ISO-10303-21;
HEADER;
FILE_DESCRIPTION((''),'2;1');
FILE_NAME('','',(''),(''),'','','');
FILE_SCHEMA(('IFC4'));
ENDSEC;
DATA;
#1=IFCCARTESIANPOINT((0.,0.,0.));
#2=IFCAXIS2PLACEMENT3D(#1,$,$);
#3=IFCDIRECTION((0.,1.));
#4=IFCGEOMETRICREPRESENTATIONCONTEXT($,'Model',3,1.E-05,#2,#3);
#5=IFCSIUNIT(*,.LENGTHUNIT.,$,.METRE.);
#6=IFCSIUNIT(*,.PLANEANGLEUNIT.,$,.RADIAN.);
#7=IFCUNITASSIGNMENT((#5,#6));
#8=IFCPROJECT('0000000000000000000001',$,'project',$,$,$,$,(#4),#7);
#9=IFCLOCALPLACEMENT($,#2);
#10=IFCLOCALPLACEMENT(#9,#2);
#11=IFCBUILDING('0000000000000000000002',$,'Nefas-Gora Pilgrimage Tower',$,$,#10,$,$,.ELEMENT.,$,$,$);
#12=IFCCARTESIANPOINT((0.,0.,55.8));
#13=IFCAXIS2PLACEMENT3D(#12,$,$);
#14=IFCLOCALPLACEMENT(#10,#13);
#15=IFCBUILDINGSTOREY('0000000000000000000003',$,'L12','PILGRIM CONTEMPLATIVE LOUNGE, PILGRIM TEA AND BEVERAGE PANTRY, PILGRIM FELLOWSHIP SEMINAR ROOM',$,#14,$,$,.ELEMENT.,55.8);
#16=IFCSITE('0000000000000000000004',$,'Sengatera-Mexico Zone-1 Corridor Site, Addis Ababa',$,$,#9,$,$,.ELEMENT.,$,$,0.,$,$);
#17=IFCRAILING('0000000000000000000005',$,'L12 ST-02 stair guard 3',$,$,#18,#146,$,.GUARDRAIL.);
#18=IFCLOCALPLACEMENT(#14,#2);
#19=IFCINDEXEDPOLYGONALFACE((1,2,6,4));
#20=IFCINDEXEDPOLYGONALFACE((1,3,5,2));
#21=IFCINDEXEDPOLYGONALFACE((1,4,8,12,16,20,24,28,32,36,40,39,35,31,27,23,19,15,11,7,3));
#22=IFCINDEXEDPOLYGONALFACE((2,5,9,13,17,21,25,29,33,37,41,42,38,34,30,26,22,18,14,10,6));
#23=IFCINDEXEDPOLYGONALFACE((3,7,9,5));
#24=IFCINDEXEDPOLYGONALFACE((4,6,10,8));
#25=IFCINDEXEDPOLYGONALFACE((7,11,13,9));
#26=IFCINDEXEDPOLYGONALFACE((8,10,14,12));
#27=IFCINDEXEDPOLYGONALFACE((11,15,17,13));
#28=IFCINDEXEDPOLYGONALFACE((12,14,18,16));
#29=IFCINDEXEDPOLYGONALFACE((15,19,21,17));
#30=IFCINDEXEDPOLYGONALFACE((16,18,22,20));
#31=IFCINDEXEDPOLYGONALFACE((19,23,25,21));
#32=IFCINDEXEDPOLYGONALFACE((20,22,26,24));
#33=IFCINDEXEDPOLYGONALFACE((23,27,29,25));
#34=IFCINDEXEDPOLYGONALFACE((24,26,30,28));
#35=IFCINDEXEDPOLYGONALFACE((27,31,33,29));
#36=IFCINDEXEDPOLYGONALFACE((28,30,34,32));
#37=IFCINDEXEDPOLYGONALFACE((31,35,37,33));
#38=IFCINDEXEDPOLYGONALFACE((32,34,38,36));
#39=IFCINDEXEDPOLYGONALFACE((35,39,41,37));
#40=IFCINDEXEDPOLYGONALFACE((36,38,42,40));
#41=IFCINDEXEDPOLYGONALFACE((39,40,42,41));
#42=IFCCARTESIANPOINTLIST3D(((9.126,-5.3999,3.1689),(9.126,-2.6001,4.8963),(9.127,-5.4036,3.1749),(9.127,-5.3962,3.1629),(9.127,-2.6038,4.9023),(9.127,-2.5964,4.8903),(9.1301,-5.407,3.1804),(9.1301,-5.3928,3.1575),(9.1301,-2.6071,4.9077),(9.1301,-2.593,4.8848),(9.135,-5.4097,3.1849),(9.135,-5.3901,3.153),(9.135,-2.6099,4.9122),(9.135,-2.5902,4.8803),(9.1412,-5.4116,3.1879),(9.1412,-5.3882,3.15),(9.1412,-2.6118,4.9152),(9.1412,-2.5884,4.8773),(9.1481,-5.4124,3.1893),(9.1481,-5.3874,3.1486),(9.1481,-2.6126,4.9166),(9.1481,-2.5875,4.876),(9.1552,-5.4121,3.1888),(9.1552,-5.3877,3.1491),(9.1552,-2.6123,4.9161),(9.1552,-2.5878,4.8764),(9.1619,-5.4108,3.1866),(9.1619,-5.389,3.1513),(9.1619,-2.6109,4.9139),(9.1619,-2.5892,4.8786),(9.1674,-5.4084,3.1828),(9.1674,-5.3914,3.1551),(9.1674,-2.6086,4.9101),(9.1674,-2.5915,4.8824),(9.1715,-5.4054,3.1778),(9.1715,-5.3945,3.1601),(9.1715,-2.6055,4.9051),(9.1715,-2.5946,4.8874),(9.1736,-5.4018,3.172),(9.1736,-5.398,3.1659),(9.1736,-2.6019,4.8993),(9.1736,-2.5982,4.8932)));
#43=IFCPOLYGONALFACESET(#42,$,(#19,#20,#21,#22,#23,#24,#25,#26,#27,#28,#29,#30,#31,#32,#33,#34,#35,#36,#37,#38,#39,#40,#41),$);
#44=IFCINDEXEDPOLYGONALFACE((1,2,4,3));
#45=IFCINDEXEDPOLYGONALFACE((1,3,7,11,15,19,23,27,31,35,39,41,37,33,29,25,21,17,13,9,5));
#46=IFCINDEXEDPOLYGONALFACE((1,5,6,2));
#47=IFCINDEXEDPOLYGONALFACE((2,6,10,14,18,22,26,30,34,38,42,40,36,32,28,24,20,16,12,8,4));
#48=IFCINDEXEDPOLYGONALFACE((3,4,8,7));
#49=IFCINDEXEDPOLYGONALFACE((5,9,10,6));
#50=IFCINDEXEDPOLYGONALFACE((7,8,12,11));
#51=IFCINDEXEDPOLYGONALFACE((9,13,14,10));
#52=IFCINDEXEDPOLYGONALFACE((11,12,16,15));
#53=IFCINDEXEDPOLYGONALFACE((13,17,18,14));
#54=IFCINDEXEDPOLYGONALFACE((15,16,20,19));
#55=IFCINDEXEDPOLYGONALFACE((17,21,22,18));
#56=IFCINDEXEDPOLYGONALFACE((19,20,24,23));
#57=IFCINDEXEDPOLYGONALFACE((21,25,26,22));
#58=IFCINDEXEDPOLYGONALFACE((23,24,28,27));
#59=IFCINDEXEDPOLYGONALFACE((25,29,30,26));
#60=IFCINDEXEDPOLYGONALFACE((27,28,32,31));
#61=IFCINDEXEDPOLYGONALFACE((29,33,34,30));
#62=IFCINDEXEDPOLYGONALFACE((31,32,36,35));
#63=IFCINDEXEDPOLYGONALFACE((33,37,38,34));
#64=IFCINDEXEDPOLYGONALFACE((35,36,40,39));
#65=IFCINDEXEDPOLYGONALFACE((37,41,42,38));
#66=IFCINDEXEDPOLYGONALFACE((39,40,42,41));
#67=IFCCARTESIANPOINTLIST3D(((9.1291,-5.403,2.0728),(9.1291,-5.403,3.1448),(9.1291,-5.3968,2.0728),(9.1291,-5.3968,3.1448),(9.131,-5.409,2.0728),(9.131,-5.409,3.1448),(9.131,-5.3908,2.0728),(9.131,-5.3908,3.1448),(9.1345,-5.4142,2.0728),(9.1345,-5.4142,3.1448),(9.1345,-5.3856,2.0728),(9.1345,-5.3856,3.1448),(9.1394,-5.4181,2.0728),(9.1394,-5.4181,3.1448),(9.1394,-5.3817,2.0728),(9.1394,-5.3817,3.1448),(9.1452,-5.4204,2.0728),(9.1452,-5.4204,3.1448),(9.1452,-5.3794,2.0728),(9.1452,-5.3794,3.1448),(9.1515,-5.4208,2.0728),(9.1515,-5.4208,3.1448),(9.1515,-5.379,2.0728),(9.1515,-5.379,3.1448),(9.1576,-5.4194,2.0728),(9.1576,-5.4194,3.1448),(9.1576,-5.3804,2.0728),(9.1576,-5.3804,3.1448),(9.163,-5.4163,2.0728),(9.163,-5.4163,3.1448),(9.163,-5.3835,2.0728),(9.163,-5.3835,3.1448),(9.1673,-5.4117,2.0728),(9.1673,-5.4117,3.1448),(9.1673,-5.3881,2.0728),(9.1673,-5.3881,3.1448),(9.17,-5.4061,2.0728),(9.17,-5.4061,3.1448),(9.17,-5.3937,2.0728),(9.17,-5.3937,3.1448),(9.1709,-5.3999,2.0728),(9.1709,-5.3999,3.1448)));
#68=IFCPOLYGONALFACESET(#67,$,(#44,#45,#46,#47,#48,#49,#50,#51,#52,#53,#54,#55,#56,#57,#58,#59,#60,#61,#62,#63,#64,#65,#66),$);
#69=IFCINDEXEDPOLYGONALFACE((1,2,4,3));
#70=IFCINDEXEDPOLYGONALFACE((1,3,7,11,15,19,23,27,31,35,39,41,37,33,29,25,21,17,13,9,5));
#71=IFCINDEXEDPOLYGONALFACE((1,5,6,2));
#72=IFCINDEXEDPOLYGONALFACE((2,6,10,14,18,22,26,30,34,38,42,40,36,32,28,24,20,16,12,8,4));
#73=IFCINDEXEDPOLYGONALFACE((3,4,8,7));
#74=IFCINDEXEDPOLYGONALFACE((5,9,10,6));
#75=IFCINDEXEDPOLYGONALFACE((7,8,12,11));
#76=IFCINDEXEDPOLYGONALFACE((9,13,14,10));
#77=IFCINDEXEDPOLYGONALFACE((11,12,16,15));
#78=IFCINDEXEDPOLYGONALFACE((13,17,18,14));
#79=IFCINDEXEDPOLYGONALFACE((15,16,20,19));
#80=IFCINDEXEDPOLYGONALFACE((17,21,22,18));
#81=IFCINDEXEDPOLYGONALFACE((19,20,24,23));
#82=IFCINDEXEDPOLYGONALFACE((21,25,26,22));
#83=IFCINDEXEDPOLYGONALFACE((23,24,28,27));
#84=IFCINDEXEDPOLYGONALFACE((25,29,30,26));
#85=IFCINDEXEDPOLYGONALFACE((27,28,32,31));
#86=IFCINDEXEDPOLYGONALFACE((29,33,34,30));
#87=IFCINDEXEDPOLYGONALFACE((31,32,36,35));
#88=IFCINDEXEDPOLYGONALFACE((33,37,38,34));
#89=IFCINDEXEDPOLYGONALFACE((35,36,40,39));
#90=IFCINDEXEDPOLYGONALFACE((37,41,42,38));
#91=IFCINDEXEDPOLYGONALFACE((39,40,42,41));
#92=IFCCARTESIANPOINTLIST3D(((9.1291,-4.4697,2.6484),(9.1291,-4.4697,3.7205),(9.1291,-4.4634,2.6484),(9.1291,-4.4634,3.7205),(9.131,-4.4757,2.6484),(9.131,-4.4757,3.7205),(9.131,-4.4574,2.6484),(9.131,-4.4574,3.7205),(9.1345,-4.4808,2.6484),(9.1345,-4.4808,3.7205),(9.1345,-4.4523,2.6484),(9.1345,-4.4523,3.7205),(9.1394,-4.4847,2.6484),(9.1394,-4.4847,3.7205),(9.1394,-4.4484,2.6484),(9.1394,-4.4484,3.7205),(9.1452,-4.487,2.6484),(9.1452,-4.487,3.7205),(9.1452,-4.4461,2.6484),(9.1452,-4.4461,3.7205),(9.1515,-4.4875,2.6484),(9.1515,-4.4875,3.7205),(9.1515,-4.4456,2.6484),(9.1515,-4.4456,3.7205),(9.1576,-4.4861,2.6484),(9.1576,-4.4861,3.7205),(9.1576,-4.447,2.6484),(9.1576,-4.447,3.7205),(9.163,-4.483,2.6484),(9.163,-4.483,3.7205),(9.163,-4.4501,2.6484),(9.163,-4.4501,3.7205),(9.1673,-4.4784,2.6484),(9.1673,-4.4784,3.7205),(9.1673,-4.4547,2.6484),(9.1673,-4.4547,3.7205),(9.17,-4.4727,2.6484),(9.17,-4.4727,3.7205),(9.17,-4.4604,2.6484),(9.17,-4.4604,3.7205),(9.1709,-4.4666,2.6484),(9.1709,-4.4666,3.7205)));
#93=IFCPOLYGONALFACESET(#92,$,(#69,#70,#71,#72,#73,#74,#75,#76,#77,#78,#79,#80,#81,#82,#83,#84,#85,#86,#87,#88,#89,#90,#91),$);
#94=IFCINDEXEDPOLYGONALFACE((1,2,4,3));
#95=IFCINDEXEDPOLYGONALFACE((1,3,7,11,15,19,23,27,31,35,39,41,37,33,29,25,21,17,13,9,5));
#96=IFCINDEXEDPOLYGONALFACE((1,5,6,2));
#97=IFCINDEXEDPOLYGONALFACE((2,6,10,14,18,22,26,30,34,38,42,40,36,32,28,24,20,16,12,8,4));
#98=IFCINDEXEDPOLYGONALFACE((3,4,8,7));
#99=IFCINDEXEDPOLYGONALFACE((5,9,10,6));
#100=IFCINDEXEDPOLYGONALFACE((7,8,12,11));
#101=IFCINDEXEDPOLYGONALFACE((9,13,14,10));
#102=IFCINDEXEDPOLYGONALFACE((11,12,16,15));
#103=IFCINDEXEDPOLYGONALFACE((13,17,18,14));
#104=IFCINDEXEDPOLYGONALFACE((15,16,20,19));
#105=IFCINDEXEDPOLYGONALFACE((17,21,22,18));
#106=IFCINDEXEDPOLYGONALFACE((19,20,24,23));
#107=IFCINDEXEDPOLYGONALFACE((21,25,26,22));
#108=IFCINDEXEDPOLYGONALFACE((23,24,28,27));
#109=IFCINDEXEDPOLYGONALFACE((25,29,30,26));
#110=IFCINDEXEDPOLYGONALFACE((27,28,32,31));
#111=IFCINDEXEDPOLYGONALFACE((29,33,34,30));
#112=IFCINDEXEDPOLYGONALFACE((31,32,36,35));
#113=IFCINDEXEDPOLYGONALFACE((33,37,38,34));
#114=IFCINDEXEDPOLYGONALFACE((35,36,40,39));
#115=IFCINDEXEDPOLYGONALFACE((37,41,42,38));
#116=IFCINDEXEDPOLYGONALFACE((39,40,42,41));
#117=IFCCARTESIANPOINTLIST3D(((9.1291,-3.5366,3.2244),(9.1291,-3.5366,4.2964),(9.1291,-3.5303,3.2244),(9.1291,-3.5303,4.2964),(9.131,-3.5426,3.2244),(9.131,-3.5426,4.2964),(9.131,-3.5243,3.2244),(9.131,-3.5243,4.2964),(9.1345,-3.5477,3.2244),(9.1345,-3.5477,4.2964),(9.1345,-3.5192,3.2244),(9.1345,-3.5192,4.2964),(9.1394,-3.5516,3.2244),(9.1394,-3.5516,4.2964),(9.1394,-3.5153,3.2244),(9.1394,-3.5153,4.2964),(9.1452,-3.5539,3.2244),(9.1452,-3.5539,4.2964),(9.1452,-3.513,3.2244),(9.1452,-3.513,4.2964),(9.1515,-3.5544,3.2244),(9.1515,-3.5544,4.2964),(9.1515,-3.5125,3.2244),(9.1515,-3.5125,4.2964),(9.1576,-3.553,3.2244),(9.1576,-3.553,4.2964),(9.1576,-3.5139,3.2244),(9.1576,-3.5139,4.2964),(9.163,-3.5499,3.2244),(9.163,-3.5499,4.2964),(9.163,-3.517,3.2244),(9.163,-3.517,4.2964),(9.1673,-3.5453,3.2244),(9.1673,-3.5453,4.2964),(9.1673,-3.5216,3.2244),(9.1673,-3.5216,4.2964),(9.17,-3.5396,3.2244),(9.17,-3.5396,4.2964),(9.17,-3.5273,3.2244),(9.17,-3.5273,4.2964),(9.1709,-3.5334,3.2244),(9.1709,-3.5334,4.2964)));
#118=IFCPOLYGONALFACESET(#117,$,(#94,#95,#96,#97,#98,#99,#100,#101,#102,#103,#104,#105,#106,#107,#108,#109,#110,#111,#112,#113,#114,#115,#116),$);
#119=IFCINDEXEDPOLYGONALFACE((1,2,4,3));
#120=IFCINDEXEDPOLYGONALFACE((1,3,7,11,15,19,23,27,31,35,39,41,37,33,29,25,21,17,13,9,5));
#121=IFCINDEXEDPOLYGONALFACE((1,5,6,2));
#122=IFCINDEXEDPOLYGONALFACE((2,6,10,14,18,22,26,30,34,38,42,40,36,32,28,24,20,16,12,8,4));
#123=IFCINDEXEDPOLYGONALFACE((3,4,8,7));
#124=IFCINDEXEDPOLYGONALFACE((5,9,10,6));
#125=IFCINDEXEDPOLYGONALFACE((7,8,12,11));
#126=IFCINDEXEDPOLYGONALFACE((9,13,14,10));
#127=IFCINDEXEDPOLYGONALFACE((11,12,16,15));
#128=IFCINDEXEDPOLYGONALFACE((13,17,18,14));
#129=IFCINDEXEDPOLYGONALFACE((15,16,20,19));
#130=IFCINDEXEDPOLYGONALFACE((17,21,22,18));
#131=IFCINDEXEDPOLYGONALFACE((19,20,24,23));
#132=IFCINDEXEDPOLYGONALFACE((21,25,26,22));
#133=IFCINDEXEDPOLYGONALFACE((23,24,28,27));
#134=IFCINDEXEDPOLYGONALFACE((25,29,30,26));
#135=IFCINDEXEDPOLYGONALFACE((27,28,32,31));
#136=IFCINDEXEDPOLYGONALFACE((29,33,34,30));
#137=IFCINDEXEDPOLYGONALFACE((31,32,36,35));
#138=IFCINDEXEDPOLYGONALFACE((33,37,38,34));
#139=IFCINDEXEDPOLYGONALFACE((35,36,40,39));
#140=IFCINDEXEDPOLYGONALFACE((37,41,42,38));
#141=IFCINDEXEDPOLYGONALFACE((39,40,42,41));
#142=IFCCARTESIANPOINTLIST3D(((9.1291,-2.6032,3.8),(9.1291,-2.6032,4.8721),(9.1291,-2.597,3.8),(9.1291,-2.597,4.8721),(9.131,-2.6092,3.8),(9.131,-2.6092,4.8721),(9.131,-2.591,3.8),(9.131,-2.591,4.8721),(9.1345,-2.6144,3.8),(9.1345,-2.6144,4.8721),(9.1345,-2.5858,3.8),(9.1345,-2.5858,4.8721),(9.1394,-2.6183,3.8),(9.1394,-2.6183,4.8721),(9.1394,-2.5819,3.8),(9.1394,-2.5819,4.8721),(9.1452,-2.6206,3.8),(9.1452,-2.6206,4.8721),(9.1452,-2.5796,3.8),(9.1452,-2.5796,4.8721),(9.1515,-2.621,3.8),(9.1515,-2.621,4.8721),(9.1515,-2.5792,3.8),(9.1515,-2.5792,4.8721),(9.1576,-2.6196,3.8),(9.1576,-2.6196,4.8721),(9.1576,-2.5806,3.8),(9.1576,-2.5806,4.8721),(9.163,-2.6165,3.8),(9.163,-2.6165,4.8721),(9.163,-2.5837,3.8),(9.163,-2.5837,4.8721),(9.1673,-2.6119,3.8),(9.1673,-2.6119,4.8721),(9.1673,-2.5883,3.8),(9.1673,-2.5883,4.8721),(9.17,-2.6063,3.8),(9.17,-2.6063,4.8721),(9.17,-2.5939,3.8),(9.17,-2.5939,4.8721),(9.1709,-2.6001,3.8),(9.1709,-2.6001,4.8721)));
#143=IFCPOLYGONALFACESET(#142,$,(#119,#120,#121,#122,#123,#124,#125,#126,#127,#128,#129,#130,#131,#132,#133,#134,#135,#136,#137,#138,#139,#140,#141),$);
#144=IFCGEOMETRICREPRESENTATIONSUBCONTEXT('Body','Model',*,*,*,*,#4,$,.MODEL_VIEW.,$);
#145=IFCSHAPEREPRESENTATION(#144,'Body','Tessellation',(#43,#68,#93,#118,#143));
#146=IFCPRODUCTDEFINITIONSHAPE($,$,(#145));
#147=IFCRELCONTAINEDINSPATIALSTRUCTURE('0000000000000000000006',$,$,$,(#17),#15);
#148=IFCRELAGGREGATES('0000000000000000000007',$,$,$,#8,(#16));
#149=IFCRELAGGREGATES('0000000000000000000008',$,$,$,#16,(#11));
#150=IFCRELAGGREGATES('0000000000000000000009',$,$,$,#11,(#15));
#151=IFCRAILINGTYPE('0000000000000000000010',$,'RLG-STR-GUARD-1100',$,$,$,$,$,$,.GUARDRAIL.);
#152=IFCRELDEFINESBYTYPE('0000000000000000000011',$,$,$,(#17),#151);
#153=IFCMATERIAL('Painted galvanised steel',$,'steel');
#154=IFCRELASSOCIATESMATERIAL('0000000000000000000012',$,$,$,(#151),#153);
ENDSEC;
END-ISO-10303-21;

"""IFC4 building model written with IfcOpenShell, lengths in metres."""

from ifc_helpers import new_model, si_unit, direction, frame, origin, origin_2d, place, context, subcontext, project, spatial, circle, extrude, material, type_object, element, save


model = new_model("IFC4")

# Units and contexts
model_context = context("Model", 3, precision=1e-05, world=origin(), true_north=direction((0.0, 1.0)))
body_context = subcontext(model_context, "Body", "Model", "MODEL_VIEW")
ifc_project = project(units=[si_unit("LENGTHUNIT", "METRE"), si_unit("PLANEANGLEUNIT", "RADIAN")], contexts=[model_context])

# Site, building, storey
site_placement = place(None, origin())
site = spatial("IfcSite", under=ifc_project, at=site_placement, Name="Sengatera-Mexico Zone-1 Corridor Site, Addis Ababa", CompositionType="ELEMENT", RefElevation=0.0)
building_placement = place(site_placement, origin())
building = spatial("IfcBuilding", under=site, at=building_placement, Name="Nefas-Gora Pilgrimage Tower", CompositionType="ELEMENT")
storey_placement = place(building_placement, frame((0.0, 0.0, 55.8)))
storey = spatial("IfcBuildingStorey", under=building, at=storey_placement, Name="L12", Description="PILGRIM CONTEMPLATIVE LOUNGE, PILGRIM TEA AND BEVERAGE PANTRY, PILGRIM FELLOWSHIP SEMINAR ROOM", CompositionType="ELEMENT", Elevation=55.8)

# Railing
ifc_material_1 = material(Name="Painted galvanised steel", Category="steel")
railing_type_1 = type_object("IfcRailingType", Name="RLG-STR-GUARD-1100", PredefinedType="GUARDRAIL", material=ifc_material_1)
railing_1_placement = place(storey_placement, frame((9.1499, -5.3999, 2.0728)))
element("IfcRailing", 1, at=railing_1_placement, inside=storey, type_object=railing_type_1, Name="L12 ST-02 stair guard 3", PredefinedType="GUARDRAIL", context=body_context, shape_type="SweptSolid", body=[
    extrude(circle(Radius=0.0239, at=origin_2d()), frame((0.0, 0.0, 1.0962), z_axis=(0.0, 0.851069, 0.525054), x_axis=(-1.0, 0.0, 0.0)), (0.0, 0.0, 1.0), 3.2898),
    extrude(circle(Radius=0.021, at=origin_2d()), origin(), (0.0, 0.0, 1.0), 1.072),
    extrude(circle(Radius=0.021, at=origin_2d()), frame((0.0, 0.9333, 0.5757)), (0.0, 0.0, 1.0), 1.072),
    extrude(circle(Radius=0.021, at=origin_2d()), frame((0.0, 1.8665, 1.1516)), (0.0, 0.0, 1.0), 1.072),
    extrude(circle(Radius=0.021, at=origin_2d()), frame((0.0, 2.7998, 1.7273)), (0.0, 0.0, 1.0), 1.072),
])

save(model, "model.ifc")
